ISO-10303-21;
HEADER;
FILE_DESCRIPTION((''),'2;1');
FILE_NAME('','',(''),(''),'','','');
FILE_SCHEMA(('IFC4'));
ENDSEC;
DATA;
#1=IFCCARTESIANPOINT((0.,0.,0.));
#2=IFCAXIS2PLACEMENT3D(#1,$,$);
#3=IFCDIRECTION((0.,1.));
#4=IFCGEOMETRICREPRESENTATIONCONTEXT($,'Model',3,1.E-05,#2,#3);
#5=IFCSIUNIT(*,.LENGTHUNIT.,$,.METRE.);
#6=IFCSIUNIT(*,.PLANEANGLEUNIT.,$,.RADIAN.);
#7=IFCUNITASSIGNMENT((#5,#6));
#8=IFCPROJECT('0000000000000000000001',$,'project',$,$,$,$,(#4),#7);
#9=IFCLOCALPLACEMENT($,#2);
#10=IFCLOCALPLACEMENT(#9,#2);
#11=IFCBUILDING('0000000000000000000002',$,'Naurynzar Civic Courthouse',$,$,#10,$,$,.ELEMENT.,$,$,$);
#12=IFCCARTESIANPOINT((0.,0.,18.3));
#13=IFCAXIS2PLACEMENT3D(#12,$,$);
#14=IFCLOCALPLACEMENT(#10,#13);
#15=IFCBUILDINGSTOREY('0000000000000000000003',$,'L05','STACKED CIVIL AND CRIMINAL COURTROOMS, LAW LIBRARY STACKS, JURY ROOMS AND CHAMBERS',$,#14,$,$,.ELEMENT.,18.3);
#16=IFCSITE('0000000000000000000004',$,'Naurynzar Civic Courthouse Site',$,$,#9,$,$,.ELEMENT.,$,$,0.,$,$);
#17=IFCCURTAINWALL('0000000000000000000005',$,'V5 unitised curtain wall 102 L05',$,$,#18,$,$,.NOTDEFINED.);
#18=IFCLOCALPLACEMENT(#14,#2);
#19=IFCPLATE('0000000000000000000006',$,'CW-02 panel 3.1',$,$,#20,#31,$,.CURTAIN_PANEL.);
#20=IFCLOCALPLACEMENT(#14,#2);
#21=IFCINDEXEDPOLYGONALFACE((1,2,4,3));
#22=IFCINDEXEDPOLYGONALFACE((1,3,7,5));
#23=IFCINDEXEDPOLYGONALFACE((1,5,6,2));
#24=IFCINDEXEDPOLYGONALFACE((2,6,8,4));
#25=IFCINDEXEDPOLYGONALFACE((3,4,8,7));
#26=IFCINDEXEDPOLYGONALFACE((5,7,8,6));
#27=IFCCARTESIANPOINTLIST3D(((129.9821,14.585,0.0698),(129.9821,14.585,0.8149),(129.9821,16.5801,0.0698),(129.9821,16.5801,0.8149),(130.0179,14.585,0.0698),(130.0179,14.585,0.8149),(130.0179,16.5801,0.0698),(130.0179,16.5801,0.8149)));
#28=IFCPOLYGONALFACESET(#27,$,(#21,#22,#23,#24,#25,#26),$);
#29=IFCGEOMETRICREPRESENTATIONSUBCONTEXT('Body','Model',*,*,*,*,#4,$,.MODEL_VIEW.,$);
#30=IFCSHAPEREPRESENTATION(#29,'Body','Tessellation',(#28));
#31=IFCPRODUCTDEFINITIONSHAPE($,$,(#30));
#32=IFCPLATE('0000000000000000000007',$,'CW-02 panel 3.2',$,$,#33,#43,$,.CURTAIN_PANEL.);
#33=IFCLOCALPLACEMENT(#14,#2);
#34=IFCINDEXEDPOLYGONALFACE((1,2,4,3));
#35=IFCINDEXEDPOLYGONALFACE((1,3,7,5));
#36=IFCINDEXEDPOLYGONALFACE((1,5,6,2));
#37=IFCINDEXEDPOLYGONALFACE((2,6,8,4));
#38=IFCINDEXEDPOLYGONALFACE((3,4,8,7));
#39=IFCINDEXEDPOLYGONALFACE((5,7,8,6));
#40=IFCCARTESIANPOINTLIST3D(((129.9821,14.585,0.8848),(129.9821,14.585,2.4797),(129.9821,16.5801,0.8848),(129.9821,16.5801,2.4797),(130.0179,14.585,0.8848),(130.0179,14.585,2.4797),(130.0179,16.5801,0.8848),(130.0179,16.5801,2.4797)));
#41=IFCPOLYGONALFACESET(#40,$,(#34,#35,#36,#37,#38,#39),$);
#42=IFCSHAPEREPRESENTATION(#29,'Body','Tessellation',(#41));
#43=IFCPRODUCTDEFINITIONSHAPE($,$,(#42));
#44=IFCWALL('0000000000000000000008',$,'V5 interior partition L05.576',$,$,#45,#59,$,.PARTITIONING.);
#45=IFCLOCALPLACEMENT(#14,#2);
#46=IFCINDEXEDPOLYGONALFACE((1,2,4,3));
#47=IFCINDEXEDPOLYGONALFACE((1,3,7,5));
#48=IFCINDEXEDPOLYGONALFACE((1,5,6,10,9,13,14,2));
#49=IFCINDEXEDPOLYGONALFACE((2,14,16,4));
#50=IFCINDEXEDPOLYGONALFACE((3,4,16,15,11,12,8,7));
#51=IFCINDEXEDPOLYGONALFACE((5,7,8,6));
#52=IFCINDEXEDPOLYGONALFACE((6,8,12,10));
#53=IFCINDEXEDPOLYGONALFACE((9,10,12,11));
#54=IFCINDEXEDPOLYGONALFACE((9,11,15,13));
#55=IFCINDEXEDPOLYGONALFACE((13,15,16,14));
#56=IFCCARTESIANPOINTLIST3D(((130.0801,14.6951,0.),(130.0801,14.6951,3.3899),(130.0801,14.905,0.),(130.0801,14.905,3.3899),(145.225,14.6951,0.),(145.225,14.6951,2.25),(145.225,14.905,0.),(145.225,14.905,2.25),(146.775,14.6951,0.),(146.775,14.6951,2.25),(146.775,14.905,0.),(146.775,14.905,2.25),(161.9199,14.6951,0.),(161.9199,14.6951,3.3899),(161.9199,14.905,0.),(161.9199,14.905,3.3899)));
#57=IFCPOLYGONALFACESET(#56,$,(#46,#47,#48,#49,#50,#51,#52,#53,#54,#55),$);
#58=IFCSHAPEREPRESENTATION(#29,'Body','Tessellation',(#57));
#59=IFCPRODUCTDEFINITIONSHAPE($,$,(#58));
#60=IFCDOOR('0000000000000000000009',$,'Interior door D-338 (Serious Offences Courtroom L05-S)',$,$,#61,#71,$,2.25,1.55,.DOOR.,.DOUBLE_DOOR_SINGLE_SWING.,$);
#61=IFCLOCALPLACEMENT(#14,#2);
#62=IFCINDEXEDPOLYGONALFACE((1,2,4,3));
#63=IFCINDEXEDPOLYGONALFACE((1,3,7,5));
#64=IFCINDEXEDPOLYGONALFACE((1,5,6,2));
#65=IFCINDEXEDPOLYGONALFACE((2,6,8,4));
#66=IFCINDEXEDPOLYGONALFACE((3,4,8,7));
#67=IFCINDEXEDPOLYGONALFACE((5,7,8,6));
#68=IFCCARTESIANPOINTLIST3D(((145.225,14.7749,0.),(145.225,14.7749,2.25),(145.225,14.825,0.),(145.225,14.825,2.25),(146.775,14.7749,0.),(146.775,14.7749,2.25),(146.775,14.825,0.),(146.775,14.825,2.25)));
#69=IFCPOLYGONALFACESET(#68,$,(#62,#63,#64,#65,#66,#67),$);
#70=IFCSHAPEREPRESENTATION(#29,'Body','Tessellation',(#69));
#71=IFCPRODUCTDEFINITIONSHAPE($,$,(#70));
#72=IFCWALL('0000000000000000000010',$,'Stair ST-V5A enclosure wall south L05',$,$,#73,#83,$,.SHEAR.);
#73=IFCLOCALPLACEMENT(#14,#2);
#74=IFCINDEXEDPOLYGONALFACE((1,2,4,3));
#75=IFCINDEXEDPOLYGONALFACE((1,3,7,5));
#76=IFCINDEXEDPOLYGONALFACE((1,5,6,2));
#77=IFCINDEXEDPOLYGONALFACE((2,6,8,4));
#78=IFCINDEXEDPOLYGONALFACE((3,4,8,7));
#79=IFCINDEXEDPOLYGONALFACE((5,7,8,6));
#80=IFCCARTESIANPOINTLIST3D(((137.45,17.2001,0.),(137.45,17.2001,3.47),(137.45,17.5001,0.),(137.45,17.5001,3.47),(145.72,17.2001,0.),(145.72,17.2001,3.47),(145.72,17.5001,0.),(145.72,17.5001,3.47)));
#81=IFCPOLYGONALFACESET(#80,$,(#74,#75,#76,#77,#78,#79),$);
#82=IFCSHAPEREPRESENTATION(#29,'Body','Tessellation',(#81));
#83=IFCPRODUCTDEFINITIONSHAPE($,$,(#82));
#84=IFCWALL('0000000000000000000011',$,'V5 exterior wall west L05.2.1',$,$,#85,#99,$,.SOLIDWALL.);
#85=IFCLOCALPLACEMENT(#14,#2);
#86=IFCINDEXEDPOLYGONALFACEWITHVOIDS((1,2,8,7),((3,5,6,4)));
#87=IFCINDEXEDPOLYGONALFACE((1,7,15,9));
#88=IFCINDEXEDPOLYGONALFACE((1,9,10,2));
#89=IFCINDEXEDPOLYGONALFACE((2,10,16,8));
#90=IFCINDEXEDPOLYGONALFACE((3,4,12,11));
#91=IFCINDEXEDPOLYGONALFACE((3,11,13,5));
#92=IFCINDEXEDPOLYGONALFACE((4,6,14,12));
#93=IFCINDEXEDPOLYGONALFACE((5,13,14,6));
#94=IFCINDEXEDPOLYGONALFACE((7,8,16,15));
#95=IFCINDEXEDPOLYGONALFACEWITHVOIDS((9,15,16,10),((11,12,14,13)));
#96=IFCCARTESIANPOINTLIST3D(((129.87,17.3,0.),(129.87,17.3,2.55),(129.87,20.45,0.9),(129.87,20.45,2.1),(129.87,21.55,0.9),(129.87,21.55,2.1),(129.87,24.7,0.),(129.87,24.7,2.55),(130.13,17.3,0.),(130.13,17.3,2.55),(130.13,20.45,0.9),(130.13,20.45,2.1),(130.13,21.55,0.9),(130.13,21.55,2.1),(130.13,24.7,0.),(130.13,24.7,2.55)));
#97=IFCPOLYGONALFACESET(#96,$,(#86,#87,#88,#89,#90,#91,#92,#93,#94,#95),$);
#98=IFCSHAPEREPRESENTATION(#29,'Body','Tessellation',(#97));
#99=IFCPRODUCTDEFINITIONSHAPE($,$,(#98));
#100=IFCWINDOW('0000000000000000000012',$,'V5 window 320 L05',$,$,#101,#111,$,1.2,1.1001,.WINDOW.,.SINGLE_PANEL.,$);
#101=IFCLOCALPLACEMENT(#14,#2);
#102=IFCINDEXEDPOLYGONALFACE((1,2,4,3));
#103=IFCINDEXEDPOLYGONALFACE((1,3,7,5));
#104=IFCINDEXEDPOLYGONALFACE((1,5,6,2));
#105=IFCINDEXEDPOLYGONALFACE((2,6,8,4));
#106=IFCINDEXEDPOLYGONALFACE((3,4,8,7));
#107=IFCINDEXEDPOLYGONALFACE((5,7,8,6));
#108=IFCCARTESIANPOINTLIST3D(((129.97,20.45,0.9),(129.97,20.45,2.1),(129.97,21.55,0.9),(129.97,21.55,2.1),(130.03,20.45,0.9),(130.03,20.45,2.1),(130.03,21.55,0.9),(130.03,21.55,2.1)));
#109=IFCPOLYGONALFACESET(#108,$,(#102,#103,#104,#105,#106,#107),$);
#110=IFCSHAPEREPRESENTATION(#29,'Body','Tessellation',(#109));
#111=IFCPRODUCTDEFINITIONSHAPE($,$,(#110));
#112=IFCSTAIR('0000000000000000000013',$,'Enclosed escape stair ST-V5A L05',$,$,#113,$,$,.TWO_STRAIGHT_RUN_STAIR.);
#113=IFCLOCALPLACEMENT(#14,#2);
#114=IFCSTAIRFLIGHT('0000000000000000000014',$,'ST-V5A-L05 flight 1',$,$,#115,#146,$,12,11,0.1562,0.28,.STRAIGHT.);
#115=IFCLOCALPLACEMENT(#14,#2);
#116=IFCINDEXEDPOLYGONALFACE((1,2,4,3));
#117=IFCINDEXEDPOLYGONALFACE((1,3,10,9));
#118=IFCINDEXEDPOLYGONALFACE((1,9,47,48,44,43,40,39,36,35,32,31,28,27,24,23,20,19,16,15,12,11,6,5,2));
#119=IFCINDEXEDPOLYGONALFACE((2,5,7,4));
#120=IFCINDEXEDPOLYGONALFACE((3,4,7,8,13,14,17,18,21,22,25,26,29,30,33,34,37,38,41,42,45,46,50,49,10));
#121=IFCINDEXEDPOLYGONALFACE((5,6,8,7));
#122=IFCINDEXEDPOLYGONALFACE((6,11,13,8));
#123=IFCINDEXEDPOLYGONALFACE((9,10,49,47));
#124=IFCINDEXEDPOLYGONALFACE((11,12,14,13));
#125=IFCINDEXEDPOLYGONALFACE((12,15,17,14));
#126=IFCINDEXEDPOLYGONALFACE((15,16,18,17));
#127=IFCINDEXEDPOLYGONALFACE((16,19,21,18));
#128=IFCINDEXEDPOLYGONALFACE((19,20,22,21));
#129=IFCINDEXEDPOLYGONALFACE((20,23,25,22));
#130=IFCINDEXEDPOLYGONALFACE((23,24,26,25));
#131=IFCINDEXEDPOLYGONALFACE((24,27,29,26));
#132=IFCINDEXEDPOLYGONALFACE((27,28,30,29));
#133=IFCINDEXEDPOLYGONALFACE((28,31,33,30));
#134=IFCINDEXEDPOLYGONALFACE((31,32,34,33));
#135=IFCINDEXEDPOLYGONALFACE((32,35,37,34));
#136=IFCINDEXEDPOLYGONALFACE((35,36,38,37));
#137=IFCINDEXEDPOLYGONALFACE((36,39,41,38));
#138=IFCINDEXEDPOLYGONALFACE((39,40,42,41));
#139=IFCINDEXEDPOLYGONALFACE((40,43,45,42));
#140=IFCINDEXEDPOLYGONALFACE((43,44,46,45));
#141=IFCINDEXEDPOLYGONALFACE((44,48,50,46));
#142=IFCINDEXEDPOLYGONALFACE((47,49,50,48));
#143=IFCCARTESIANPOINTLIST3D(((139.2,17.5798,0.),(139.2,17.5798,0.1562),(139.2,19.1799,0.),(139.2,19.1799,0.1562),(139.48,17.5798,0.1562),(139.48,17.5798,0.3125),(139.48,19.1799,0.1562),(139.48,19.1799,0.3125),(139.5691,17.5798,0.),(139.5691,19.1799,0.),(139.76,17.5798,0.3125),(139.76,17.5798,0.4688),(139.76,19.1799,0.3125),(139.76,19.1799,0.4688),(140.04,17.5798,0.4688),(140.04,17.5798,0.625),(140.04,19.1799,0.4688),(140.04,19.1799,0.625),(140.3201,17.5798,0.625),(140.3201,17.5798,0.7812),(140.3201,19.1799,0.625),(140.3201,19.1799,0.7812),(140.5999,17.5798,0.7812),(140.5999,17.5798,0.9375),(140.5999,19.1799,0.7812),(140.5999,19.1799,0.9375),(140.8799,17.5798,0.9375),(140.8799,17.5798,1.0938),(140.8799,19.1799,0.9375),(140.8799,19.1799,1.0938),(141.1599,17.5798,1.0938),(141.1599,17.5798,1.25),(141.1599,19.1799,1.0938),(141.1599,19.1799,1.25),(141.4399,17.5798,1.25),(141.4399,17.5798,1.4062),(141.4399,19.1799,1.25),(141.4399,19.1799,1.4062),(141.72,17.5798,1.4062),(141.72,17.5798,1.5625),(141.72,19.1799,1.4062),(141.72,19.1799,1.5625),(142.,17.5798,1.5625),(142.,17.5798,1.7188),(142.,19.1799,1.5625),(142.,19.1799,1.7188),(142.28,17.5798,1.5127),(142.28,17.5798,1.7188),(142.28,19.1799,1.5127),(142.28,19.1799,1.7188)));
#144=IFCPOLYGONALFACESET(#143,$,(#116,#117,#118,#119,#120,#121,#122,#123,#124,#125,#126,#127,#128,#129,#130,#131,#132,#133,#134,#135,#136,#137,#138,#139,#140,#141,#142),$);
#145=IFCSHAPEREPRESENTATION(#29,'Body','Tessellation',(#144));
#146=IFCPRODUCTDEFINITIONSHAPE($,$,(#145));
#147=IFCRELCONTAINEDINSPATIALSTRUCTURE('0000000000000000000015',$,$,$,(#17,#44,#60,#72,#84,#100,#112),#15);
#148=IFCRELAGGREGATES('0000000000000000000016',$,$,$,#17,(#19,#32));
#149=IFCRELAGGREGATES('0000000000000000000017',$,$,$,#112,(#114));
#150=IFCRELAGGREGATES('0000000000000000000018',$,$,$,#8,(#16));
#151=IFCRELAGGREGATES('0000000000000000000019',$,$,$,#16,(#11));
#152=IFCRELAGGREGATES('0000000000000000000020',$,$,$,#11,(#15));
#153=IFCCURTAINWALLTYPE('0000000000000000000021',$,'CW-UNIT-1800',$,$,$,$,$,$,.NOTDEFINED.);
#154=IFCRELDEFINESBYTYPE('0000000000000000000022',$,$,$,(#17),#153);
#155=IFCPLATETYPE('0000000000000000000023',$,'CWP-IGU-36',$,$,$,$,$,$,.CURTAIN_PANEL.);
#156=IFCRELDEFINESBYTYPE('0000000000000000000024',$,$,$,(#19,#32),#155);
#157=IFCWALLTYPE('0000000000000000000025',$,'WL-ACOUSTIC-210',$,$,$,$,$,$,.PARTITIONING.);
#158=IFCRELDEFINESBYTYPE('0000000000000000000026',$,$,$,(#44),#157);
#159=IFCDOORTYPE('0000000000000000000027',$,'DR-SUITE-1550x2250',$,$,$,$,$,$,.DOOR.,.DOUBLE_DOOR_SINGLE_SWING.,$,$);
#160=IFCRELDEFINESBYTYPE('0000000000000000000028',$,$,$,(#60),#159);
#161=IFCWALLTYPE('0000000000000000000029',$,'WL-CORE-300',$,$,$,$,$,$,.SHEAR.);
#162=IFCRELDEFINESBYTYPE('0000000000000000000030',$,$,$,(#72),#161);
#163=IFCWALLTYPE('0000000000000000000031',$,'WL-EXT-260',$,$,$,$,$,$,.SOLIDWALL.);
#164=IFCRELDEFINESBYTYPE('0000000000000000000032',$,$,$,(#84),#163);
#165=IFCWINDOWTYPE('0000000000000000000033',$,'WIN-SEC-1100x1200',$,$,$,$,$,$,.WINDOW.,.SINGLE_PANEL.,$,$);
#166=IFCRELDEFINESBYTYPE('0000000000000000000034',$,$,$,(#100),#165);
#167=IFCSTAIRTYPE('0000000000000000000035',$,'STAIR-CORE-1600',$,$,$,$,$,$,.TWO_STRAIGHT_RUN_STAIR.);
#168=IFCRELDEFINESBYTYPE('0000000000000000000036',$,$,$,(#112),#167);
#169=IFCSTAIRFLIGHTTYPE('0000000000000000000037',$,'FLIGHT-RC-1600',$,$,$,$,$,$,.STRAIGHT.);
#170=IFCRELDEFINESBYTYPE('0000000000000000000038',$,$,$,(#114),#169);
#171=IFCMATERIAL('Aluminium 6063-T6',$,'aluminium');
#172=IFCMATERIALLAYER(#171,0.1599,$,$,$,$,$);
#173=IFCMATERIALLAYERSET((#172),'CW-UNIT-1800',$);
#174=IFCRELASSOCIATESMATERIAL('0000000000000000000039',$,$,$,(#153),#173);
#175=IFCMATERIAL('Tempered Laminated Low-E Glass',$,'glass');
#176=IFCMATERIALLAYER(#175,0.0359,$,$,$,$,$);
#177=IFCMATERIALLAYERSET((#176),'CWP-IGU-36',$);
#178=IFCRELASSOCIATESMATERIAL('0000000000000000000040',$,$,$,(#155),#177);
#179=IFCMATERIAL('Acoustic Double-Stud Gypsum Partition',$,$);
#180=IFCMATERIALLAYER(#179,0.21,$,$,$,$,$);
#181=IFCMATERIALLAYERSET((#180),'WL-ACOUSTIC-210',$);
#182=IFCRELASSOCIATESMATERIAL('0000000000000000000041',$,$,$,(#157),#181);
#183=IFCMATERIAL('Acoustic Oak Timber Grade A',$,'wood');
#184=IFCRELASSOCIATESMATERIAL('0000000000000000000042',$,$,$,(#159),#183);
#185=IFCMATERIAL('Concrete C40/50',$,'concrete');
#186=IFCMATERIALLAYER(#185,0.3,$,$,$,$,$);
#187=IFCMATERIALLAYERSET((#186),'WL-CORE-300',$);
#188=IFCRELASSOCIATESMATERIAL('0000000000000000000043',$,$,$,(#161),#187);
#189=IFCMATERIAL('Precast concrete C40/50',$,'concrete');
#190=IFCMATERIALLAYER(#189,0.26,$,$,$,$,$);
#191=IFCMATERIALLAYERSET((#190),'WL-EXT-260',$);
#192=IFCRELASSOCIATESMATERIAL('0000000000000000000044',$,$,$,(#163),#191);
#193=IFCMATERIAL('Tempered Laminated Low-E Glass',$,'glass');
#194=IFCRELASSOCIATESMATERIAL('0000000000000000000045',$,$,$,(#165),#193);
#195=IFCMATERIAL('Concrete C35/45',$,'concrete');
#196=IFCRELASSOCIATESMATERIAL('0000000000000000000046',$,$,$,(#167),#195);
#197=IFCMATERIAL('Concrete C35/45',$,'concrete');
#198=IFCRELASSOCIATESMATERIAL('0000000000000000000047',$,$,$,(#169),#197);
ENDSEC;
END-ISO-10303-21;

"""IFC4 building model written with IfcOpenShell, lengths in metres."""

from ifc_helpers import new_model, si_unit, direction, frame, frame_2d, origin, origin_2d, place, context, subcontext, project, spatial, polyline, rectangle, outline, extrude, material, layer, layer_set, type_object, element, fill, aggregate, save


model = new_model("IFC4")

# Units and contexts
model_context = context("Model", 3, precision=1e-05, world=origin(), true_north=direction((0.0, 1.0)))
body_context = subcontext(model_context, "Body", "Model", "MODEL_VIEW")
ifc_project = project(units=[si_unit("LENGTHUNIT", "METRE"), si_unit("PLANEANGLEUNIT", "RADIAN")], contexts=[model_context])

# Site, building, storey
site_placement = place(None, origin())
site = spatial("IfcSite", under=ifc_project, at=site_placement, Name="Naurynzar Civic Courthouse Site", CompositionType="ELEMENT", RefElevation=0.0)
building_placement = place(site_placement, origin())
building = spatial("IfcBuilding", under=site, at=building_placement, Name="Naurynzar Civic Courthouse", CompositionType="ELEMENT")
storey_placement = place(building_placement, frame((0.0, 0.0, 18.3)))
storey = spatial("IfcBuildingStorey", under=building, at=storey_placement, Name="L05", Description="STACKED CIVIL AND CRIMINAL COURTROOMS, LAW LIBRARY STACKS, JURY ROOMS AND CHAMBERS", CompositionType="ELEMENT", Elevation=18.3)

# Curtain wall, plates
ifc_material_1 = material(Name="Aluminium 6063-T6", Category="aluminium")
ifc_layer_1 = layer(ifc_material_1, 0.1599)
ifc_layer_set_1 = layer_set([ifc_layer_1], Name="CW-UNIT-1800")
curtain_wall_type = type_object("IfcCurtainWallType", Name="CW-UNIT-1800", PredefinedType="NOTDEFINED", material=ifc_layer_set_1)
curtain_wall_placement = place(storey_placement, origin())
curtain_wall = element("IfcCurtainWall", 1, at=curtain_wall_placement, inside=storey, type_object=curtain_wall_type, Name="V5 unitised curtain wall 102 L05", PredefinedType="NOTDEFINED")
ifc_material_2 = material(Name="Tempered Laminated Low-E Glass", Category="glass")
ifc_layer_2 = layer(ifc_material_2, 0.0359)
ifc_layer_set_2 = layer_set([ifc_layer_2], Name="CWP-IGU-36")
plate_type = type_object("IfcPlateType", Name="CWP-IGU-36", PredefinedType="CURTAIN_PANEL", material=ifc_layer_set_2)
plate_1_placement = place(storey_placement, frame((130.0, 15.5825, 0.0698), z_axis=(0.0, 0.0, 1.0), x_axis=(0.0, 1.0, 0.0)))
plate_1 = element("IfcPlate", 2, at=plate_1_placement, type_object=plate_type, Name="CW-02 panel 3.1", PredefinedType="CURTAIN_PANEL", context=body_context, shape_type="SweptSolid", body=[
    extrude(rectangle(XDim=1.9951, YDim=0.0359, at=origin_2d()), origin(), (0.0, 0.0, 1.0), 0.7451),
])
plate_2_placement = place(storey_placement, frame((130.0, 15.5825, 0.8848), z_axis=(0.0, 0.0, 1.0), x_axis=(0.0, 1.0, 0.0)))
plate_2 = element("IfcPlate", 3, at=plate_2_placement, type_object=plate_type, Name="CW-02 panel 3.2", PredefinedType="CURTAIN_PANEL", context=body_context, shape_type="SweptSolid", body=[
    extrude(rectangle(XDim=1.9951, YDim=0.0359, at=origin_2d()), origin(), (0.0, 0.0, 1.0), 1.595),
])
aggregate(curtain_wall, [plate_1, plate_2])

# Wall, opening, door
ifc_material_3 = material(Name="Acoustic Double-Stud Gypsum Partition")
ifc_layer_3 = layer(ifc_material_3, 0.21)
ifc_layer_set_3 = layer_set([ifc_layer_3], Name="WL-ACOUSTIC-210")
wall_type_1 = type_object("IfcWallType", Name="WL-ACOUSTIC-210", PredefinedType="PARTITIONING", material=ifc_layer_set_3)
wall_1_placement = place(storey_placement, frame((130.0801, 14.8, 0.0), z_axis=(0.0, 0.0, 1.0), x_axis=(1.0, 0.0, 0.0)))
wall_1 = element("IfcWall", 4, at=wall_1_placement, inside=storey, type_object=wall_type_1, Name="V5 interior partition L05.576", PredefinedType="PARTITIONING", context=body_context, shape_type="SweptSolid", body=[
    extrude(rectangle(XDim=31.8398, YDim=0.21, at=frame_2d((15.9199, 0.0))), origin(), (0.0, 0.0, 1.0), 3.3899),
])
opening_1_placement = place(wall_1_placement, frame((15.145, 0.0, 0.0)))
opening_1 = element("IfcOpeningElement", 5, at=opening_1_placement, cuts=wall_1, PredefinedType="OPENING", context=body_context, shape_type="SweptSolid", body=[
    extrude(rectangle(XDim=1.55, YDim=2.25, at=frame_2d((0.7749, 1.125))), frame((0.0, 0.115, 0.0), z_axis=(0.0, -1.0, 0.0), x_axis=(1.0, 0.0, 0.0)), (0.0, 0.0, 1.0), 0.23),
])
ifc_material_4 = material(Name="Acoustic Oak Timber Grade A", Category="wood")
door_type = type_object("IfcDoorType", Name="DR-SUITE-1550x2250", OperationType="DOUBLE_DOOR_SINGLE_SWING", PredefinedType="DOOR", material=ifc_material_4)
door_placement = place(opening_1_placement, origin())
door = element("IfcDoor", 6, at=door_placement, inside=storey, type_object=door_type, Name="Interior door D-338 (Serious Offences Courtroom L05-S)", OperationType="DOUBLE_DOOR_SINGLE_SWING", OverallHeight=2.25, OverallWidth=1.55, PredefinedType="DOOR", context=body_context, shape_type="SweptSolid", body=[
    extrude(rectangle(XDim=1.55, YDim=2.25, at=frame_2d((0.7749, 1.125))), frame((0.0, 0.0249, 0.0), z_axis=(0.0, -1.0, 0.0), x_axis=(1.0, 0.0, 0.0)), (0.0, 0.0, 1.0), 0.05),
])
fill(opening_1, door)

# Wall
ifc_material_5 = material(Name="Concrete C40/50", Category="concrete")
ifc_layer_4 = layer(ifc_material_5, 0.3)
ifc_layer_set_4 = layer_set([ifc_layer_4], Name="WL-CORE-300")
wall_type_2 = type_object("IfcWallType", Name="WL-CORE-300", PredefinedType="SHEAR", material=ifc_layer_set_4)
wall_2_placement = place(storey_placement, frame((137.45, 17.3501, 0.0), z_axis=(0.0, 0.0, 1.0), x_axis=(1.0, 0.0, 0.0)))
element("IfcWall", 7, at=wall_2_placement, inside=storey, type_object=wall_type_2, Name="Stair ST-V5A enclosure wall south L05", PredefinedType="SHEAR", context=body_context, shape_type="SweptSolid", body=[
    extrude(rectangle(XDim=8.27, YDim=0.3, at=frame_2d((4.135, 0.0))), origin(), (0.0, 0.0, 1.0), 3.47),
])

# Wall, opening, window
ifc_material_6 = material(Name="Precast concrete C40/50", Category="concrete")
ifc_layer_5 = layer(ifc_material_6, 0.26)
ifc_layer_set_5 = layer_set([ifc_layer_5], Name="WL-EXT-260")
wall_type_3 = type_object("IfcWallType", Name="WL-EXT-260", PredefinedType="SOLIDWALL", material=ifc_layer_set_5)
wall_3_placement = place(storey_placement, frame((130.0, 17.3, 0.0), z_axis=(0.0, 0.0, 1.0), x_axis=(0.0, 1.0, 0.0)))
wall_3 = element("IfcWall", 8, at=wall_3_placement, inside=storey, type_object=wall_type_3, Name="V5 exterior wall west L05.2.1", PredefinedType="SOLIDWALL", context=body_context, shape_type="SweptSolid", body=[
    extrude(rectangle(XDim=7.3999, YDim=0.26, at=frame_2d((3.7, 0.0))), origin(), (0.0, 0.0, 1.0), 2.55),
])
opening_2_placement = place(wall_3_placement, frame((3.1499, 0.0, 0.8999)))
opening_2 = element("IfcOpeningElement", 9, at=opening_2_placement, cuts=wall_3, PredefinedType="OPENING", context=body_context, shape_type="SweptSolid", body=[
    extrude(rectangle(XDim=1.1001, YDim=1.2, at=frame_2d((0.55, 0.6001))), frame((0.0, 0.1399, 0.0), z_axis=(0.0, -1.0, 0.0), x_axis=(1.0, 0.0, 0.0)), (0.0, 0.0, 1.0), 0.28),
])
ifc_material_7 = material(Name="Tempered Laminated Low-E Glass", Category="glass")
window_type = type_object("IfcWindowType", Name="WIN-SEC-1100x1200", PartitioningType="SINGLE_PANEL", PredefinedType="WINDOW", material=ifc_material_7)
window_placement = place(opening_2_placement, origin())
window = element("IfcWindow", 10, at=window_placement, inside=storey, type_object=window_type, Name="V5 window 320 L05", OverallHeight=1.2, OverallWidth=1.1001, PartitioningType="SINGLE_PANEL", PredefinedType="WINDOW", context=body_context, shape_type="SweptSolid", body=[
    extrude(rectangle(XDim=1.1001, YDim=1.2, at=frame_2d((0.55, 0.6001))), frame((0.0, 0.03, 0.0), z_axis=(0.0, -1.0, 0.0), x_axis=(1.0, 0.0, 0.0)), (0.0, 0.0, 1.0), 0.0601),
])
fill(opening_2, window)

# Stair, stair flight
ifc_material_8 = material(Name="Concrete C35/45", Category="concrete")
stair_type = type_object("IfcStairType", Name="STAIR-CORE-1600", PredefinedType="TWO_STRAIGHT_RUN_STAIR", material=ifc_material_8)
stair_placement = place(storey_placement, origin())
stair = element("IfcStair", 11, at=stair_placement, inside=storey, type_object=stair_type, Name="Enclosed escape stair ST-V5A L05", PredefinedType="TWO_STRAIGHT_RUN_STAIR")
ifc_material_9 = material(Name="Concrete C35/45", Category="concrete")
stair_flight_type = type_object("IfcStairFlightType", Name="FLIGHT-RC-1600", PredefinedType="STRAIGHT", material=ifc_material_9)
stair_flight_placement = place(storey_placement, frame((139.2, 18.3799, 0.0), z_axis=(0.0, 0.0, 1.0), x_axis=(1.0, 0.0, 0.0)))
stair_flight = element("IfcStairFlight", 12, at=stair_flight_placement, type_object=stair_flight_type, Name="ST-V5A-L05 flight 1", NumberOfRisers=12, NumberOfTreads=11, PredefinedType="STRAIGHT", RiserHeight=0.1562, TreadLength=0.28, context=body_context, shape_type="SweptSolid", body=[
    extrude(outline(polyline([(0.0, 0.0), (0.0, 0.1562), (0.28, 0.1562), (0.28, 0.3125), (0.5601, 0.3125), (0.5601, 0.4688), (0.8401, 0.4688), (0.8401, 0.625), (1.1201, 0.625), (1.1201, 0.7812), (1.3999, 0.7812), (1.3999, 0.9375), (1.6799, 0.9375), (1.6799, 1.0938), (1.96, 1.0938), (1.96, 1.25), (2.24, 1.25), (2.24, 1.4062), (2.52, 1.4062), (2.52, 1.5625), (2.8, 1.5625), (2.8, 1.7188), (3.0801, 1.7188), (3.0801, 1.875), (3.0801, 1.5127), (0.3691, 0.0), (0.0, 0.0)])), frame((0.0, 0.8, 0.0), z_axis=(0.0, -1.0, 0.0), x_axis=(1.0, 0.0, 0.0)), (0.0, 0.0, 1.0), 1.6001),
])
aggregate(stair, [stair_flight])

save(model, "model.ifc")
